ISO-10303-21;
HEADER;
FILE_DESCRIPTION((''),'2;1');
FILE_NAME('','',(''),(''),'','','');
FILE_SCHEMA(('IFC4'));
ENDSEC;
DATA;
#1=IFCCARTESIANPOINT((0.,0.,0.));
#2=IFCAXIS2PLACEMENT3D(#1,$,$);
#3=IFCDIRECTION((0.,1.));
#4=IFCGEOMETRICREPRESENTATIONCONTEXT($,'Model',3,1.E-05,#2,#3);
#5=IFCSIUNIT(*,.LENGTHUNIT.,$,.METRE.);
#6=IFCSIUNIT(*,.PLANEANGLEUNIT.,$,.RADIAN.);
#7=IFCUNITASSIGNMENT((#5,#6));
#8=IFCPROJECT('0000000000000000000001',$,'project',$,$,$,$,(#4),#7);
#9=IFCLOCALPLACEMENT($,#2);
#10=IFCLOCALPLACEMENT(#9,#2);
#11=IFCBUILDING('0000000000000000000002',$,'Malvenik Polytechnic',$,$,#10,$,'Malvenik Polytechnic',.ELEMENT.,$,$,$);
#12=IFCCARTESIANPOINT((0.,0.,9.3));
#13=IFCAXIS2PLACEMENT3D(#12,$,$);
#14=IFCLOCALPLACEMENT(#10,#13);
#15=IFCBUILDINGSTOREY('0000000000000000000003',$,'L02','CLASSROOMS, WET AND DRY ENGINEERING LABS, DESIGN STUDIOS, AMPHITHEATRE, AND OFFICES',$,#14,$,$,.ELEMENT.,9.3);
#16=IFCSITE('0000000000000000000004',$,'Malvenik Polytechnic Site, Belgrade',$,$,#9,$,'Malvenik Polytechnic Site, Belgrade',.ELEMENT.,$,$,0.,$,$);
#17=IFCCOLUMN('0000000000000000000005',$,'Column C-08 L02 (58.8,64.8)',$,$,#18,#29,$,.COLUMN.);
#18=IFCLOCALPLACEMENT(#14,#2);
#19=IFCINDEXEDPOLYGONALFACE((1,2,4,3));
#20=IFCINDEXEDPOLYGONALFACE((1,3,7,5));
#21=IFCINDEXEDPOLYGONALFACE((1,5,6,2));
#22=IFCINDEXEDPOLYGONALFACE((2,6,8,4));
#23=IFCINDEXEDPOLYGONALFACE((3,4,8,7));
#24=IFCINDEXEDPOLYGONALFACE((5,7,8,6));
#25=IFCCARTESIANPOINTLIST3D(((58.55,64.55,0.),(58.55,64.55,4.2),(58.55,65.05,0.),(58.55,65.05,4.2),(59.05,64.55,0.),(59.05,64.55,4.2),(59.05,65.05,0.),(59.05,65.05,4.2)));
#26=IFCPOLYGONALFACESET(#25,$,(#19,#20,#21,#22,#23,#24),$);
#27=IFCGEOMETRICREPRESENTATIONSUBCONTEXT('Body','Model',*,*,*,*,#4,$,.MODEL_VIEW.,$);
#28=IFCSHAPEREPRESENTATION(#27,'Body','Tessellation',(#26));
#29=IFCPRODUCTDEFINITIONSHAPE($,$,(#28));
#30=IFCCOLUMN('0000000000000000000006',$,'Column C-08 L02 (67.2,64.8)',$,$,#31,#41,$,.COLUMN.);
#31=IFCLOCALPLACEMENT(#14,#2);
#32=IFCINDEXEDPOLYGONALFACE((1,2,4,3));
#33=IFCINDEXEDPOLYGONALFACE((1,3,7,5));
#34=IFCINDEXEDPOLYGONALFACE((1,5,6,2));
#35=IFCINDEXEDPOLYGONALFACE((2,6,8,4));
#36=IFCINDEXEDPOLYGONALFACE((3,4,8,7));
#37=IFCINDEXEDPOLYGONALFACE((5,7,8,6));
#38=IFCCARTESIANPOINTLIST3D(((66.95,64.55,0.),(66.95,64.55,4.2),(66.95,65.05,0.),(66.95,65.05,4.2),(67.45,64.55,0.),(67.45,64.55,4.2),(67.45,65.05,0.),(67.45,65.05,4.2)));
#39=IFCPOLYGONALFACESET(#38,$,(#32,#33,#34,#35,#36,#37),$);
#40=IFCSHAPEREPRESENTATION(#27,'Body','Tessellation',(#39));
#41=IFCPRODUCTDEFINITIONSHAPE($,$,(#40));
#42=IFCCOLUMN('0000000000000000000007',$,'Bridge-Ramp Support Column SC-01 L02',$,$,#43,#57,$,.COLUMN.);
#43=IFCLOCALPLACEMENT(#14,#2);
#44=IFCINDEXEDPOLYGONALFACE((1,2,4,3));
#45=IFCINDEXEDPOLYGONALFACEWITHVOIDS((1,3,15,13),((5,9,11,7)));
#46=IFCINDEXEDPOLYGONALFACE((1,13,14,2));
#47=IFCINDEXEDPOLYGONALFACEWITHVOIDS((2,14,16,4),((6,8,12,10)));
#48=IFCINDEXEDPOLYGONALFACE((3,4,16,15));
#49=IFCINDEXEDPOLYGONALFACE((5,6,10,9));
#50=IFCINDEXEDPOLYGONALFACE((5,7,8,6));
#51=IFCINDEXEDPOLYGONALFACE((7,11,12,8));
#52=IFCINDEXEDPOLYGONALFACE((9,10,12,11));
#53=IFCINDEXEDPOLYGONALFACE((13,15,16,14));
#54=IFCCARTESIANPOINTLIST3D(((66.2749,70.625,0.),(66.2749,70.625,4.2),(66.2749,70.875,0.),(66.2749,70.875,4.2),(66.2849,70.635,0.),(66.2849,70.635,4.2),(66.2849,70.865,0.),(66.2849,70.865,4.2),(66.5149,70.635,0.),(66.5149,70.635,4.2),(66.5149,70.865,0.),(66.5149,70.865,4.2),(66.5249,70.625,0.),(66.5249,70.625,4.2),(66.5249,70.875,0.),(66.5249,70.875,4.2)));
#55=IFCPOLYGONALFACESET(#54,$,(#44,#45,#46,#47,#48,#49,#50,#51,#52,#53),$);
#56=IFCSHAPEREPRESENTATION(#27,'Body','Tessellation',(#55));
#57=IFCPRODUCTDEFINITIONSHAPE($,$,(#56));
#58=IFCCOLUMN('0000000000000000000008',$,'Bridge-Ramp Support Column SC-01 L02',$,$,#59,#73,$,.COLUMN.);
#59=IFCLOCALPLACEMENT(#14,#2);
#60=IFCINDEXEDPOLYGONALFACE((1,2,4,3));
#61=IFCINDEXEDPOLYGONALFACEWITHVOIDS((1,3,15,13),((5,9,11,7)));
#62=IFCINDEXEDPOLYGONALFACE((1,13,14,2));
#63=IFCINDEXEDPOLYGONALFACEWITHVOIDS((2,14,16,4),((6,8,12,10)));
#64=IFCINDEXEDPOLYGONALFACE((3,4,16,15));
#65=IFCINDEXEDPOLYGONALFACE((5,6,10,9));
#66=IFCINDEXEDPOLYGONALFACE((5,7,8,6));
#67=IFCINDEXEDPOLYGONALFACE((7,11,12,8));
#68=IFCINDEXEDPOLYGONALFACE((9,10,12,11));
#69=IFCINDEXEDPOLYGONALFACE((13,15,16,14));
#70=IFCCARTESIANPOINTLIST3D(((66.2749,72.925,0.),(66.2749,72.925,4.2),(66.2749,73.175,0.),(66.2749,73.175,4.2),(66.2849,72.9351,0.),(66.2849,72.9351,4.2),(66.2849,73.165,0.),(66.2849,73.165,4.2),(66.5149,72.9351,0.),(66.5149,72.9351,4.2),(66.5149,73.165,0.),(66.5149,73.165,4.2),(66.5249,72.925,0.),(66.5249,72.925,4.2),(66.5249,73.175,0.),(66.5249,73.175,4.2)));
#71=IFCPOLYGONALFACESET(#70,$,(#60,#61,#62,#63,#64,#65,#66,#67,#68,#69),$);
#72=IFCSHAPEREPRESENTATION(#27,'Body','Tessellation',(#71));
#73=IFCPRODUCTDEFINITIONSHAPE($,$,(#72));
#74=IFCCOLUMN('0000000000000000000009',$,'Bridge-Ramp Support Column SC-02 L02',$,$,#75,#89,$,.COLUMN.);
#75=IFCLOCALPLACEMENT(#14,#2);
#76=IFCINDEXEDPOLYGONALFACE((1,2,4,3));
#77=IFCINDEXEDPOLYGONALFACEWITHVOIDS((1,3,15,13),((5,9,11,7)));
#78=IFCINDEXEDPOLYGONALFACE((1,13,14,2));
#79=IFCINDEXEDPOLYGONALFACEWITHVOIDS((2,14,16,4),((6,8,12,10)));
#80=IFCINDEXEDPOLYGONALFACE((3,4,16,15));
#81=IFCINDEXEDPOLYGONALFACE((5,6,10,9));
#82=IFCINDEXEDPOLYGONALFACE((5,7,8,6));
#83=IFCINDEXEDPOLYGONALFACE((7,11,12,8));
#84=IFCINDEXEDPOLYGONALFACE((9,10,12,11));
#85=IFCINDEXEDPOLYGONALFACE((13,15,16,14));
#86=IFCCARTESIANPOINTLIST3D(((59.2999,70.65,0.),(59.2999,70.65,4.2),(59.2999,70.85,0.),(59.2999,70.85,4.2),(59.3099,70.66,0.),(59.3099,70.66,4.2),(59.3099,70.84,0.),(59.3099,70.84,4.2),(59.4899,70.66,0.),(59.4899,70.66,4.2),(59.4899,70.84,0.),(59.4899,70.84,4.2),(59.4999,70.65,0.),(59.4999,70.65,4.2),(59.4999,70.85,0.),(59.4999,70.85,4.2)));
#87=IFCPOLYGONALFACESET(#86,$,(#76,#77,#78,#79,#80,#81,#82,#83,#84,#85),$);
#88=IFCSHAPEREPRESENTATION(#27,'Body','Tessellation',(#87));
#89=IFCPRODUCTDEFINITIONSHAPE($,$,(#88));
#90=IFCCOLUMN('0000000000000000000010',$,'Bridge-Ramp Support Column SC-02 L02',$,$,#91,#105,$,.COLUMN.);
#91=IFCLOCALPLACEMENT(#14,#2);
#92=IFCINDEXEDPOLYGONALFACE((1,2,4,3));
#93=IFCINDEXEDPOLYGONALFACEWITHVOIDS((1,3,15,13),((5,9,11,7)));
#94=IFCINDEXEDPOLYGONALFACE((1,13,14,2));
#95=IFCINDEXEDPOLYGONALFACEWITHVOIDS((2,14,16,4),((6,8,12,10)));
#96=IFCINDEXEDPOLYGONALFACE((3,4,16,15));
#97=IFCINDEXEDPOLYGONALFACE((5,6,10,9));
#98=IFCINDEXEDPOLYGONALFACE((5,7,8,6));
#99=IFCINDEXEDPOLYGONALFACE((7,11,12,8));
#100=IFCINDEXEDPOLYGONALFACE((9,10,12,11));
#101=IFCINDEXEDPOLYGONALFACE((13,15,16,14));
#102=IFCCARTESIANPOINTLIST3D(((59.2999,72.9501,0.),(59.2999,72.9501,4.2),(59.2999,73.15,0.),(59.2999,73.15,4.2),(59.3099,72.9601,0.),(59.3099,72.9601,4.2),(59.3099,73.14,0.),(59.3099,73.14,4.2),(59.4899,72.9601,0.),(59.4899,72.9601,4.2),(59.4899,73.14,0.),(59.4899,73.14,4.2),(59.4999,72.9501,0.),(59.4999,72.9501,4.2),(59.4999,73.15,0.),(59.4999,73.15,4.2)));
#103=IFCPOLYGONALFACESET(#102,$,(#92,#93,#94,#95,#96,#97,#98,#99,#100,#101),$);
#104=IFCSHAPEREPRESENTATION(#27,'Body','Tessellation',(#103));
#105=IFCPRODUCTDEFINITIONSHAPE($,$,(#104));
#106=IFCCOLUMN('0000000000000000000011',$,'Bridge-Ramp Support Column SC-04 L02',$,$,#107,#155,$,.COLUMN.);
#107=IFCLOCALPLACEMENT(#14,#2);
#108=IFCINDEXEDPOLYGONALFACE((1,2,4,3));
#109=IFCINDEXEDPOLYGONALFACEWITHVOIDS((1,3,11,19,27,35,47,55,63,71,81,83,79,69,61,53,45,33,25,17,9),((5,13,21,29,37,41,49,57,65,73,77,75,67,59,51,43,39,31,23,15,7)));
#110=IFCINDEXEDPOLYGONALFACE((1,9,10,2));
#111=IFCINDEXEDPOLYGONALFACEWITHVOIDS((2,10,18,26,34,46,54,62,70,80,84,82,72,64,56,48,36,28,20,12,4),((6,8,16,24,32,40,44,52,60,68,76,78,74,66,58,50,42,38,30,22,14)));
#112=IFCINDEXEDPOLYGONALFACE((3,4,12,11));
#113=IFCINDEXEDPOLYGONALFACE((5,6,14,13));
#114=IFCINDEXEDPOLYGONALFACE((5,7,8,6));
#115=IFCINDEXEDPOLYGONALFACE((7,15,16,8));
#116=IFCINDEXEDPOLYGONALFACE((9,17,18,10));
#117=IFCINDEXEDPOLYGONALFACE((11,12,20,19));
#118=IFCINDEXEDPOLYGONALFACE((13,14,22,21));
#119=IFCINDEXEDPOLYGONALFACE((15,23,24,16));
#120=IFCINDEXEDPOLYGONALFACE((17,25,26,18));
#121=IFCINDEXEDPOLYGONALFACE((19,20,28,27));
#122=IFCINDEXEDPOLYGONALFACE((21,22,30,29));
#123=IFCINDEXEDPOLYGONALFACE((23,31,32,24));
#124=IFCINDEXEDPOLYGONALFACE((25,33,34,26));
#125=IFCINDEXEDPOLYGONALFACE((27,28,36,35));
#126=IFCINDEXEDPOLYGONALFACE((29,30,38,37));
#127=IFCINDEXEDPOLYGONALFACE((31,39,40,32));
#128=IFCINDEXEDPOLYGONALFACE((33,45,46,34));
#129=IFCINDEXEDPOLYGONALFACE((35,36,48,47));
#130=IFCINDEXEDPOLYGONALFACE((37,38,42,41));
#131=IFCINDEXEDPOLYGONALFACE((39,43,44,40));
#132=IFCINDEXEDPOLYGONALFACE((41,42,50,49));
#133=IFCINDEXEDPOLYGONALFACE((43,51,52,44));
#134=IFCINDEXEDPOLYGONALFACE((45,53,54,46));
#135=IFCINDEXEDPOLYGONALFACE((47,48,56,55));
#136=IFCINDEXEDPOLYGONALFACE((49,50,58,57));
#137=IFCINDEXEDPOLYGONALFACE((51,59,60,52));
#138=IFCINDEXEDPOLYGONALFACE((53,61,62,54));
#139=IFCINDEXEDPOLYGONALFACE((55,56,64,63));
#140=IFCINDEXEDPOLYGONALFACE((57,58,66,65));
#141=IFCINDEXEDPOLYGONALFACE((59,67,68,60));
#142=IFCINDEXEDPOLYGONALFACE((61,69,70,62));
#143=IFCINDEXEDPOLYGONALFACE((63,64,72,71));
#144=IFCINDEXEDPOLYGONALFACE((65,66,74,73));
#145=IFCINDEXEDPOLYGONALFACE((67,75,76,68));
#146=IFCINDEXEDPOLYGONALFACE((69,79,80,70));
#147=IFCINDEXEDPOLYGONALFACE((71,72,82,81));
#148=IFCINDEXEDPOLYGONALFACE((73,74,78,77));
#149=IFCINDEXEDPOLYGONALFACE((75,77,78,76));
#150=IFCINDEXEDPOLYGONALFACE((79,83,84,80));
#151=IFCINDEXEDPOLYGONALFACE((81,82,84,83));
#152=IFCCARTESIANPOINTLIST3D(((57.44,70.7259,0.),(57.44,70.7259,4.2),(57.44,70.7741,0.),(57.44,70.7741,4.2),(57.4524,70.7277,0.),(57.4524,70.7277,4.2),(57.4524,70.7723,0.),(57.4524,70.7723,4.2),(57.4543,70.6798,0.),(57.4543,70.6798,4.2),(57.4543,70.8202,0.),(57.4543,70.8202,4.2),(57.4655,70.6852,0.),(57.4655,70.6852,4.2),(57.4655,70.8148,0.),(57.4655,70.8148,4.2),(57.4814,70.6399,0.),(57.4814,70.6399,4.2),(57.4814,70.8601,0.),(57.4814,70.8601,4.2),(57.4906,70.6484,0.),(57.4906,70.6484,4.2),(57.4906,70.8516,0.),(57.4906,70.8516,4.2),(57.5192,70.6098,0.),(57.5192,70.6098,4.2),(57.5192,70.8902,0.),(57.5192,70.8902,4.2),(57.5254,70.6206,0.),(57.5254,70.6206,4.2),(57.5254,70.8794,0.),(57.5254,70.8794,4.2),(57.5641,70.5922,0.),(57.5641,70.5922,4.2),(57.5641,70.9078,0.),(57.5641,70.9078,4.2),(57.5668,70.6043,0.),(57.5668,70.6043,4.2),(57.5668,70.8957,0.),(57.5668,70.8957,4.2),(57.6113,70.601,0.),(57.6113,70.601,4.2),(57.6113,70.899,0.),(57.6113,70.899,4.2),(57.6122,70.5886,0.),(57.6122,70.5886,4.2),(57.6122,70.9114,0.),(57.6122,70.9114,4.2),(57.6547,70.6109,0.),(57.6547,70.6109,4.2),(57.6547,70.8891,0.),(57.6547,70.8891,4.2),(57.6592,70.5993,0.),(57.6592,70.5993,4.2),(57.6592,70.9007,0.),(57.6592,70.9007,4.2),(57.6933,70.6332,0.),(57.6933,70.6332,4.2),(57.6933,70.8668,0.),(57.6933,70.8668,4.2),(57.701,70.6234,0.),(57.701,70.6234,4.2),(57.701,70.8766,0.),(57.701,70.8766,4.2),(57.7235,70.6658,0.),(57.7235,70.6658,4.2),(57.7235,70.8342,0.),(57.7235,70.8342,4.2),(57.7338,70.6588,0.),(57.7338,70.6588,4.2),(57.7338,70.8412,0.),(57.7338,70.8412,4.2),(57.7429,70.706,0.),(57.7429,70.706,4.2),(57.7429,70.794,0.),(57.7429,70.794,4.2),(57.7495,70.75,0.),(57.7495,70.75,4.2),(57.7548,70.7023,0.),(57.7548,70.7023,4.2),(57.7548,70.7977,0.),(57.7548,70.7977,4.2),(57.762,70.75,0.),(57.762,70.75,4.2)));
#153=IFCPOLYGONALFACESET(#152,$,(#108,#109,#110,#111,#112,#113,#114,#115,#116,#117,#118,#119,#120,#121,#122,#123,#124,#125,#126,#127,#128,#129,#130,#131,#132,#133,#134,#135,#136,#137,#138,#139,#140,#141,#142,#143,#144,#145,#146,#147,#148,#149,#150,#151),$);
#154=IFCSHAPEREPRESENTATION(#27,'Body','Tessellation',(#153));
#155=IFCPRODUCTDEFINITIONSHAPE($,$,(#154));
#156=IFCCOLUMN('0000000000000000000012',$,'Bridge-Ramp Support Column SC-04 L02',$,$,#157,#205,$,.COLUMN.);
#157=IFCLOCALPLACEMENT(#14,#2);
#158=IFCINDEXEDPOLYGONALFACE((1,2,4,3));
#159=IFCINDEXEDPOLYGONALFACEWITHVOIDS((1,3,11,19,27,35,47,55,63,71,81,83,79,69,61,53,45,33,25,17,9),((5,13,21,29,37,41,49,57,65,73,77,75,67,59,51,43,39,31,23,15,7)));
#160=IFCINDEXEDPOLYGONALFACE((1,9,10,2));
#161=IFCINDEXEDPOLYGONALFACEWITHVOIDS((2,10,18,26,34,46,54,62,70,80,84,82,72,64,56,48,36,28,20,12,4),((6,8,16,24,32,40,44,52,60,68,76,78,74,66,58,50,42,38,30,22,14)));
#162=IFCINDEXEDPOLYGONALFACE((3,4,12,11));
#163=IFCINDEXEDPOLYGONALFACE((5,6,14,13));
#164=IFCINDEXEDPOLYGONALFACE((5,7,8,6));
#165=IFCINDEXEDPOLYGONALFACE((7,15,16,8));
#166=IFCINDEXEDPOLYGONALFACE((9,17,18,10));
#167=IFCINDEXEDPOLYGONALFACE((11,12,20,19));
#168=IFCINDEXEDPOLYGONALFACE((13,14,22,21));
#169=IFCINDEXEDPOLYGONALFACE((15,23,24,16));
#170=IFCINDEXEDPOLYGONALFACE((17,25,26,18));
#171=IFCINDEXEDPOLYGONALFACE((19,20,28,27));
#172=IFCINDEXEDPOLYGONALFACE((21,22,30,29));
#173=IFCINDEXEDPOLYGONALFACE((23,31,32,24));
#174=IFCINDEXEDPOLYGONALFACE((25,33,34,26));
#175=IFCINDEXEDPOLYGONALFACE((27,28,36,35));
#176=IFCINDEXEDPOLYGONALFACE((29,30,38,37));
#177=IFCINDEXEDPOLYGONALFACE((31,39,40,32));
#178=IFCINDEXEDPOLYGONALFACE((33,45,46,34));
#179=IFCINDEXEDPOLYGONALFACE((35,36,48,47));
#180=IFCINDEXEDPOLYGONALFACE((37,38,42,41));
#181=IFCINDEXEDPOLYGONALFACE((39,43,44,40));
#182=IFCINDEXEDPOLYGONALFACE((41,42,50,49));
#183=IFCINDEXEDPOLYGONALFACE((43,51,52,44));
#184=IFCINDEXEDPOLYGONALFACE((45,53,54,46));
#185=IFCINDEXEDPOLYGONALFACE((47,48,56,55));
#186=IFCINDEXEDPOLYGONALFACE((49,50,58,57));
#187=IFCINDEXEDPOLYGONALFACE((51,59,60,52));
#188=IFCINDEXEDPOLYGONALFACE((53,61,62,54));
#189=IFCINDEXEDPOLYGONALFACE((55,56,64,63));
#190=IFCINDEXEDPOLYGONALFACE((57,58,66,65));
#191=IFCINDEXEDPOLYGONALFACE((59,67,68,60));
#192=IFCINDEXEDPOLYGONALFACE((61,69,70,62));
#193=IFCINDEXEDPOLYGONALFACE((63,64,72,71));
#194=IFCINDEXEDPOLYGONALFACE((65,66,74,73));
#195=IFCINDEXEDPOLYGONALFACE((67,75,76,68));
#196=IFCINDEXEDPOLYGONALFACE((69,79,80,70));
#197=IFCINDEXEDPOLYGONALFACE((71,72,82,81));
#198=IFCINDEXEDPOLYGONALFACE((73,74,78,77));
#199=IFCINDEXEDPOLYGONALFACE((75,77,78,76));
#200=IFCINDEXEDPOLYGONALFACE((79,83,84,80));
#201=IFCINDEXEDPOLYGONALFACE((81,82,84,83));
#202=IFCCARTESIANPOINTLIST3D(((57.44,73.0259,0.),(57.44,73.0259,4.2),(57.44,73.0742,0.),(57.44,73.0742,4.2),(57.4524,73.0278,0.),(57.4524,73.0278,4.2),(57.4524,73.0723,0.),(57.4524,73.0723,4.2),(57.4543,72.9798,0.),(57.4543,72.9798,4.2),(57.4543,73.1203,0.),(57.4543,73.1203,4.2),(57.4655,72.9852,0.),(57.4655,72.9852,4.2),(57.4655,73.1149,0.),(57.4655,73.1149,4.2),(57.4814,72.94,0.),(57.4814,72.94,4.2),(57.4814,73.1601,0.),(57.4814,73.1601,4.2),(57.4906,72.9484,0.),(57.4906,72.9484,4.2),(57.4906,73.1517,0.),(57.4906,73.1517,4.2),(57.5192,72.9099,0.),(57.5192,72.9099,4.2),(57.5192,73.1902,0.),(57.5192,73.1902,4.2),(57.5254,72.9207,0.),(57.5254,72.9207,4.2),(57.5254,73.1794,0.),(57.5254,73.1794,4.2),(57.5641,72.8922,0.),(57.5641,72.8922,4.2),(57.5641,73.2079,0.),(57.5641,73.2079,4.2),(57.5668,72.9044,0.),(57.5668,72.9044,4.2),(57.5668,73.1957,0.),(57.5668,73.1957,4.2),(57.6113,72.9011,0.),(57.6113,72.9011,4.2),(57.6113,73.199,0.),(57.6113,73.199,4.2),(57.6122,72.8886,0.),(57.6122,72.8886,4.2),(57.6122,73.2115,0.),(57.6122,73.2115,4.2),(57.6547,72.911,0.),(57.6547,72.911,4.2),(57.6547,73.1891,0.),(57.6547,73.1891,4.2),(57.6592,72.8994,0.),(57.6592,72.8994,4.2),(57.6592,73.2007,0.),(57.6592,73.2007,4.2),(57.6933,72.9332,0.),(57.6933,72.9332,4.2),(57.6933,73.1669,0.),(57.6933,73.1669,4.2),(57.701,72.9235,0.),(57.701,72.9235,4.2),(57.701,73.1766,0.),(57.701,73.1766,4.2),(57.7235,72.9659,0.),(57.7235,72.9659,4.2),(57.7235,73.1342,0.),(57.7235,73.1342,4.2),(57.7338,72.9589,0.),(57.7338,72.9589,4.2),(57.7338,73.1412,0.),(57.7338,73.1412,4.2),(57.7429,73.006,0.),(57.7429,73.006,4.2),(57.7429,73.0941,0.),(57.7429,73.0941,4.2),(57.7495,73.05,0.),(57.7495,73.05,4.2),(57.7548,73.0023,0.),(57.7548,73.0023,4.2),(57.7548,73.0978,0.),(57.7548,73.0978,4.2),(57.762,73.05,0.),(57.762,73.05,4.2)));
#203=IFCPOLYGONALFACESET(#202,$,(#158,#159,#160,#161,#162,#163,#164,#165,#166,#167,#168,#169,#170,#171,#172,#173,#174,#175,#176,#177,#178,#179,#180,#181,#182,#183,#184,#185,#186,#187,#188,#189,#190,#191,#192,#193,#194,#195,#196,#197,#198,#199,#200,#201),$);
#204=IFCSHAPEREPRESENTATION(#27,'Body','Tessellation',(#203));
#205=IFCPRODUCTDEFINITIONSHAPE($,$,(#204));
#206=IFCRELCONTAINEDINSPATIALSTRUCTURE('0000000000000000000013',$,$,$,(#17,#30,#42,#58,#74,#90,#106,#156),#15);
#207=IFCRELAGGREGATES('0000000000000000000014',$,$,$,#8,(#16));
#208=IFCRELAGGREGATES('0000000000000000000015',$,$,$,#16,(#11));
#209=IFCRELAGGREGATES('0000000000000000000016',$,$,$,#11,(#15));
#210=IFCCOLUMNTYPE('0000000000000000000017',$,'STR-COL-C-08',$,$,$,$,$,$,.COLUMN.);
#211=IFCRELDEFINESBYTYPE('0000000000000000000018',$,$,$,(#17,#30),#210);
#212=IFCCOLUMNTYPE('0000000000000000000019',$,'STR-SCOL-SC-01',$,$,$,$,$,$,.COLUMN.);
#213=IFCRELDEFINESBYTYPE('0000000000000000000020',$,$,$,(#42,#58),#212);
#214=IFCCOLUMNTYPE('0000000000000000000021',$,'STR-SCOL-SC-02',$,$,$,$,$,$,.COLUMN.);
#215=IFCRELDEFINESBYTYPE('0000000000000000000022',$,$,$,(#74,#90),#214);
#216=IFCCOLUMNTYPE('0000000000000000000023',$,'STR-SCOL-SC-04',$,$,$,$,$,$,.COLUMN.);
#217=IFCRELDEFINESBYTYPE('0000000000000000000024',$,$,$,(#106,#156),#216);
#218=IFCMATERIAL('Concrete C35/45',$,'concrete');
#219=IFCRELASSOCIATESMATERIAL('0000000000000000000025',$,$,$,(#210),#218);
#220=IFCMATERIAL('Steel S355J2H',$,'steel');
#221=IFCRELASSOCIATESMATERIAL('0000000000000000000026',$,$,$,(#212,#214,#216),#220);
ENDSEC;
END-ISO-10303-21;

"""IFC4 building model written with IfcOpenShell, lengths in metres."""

from ifc_helpers import new_model, si_unit, direction, frame, origin, origin_2d, place, context, subcontext, project, spatial, rectangle, hollow_rectangle, hollow_circle, extrude, material, material_profile, profile_set, type_object, element, save


model = new_model("IFC4")

# Units and contexts
model_context = context("Model", 3, precision=1e-05, world=origin(), true_north=direction((0.0, 1.0)))
body_context = subcontext(model_context, "Body", "Model", "MODEL_VIEW")
ifc_project = project(units=[si_unit("LENGTHUNIT", "METRE"), si_unit("PLANEANGLEUNIT", "RADIAN")], contexts=[model_context])

# Site, building, storey
site_placement = place(None, origin())
site = spatial("IfcSite", under=ifc_project, at=site_placement, Name="Malvenik Polytechnic Site, Belgrade", LongName="Malvenik Polytechnic Site, Belgrade", CompositionType="ELEMENT", RefElevation=0.0)
building_placement = place(site_placement, origin())
building = spatial("IfcBuilding", under=site, at=building_placement, Name="Malvenik Polytechnic", LongName="Malvenik Polytechnic", CompositionType="ELEMENT")
storey_placement = place(building_placement, frame((0.0, 0.0, 9.3)))
storey = spatial("IfcBuildingStorey", under=building, at=storey_placement, Name="L02", Description="CLASSROOMS, WET AND DRY ENGINEERING LABS, DESIGN STUDIOS, AMPHITHEATRE, AND OFFICES", CompositionType="ELEMENT", Elevation=9.3)

# Columns
ifc_material_1 = material(Name="Concrete C35/45", Category="concrete")
ifc_material_profile_1 = material_profile(ifc_material_1, rectangle(XDim=0.5, YDim=0.5, at=origin_2d()), Name="RC COL 500x500")
ifc_profile_set_1 = profile_set([ifc_material_profile_1], Name="Concrete C35/45")
column_type_1 = type_object("IfcColumnType", Name="STR-COL-C-08", PredefinedType="COLUMN", material=ifc_profile_set_1)
for number, where, z_axis, x_axis, name in (
    (1, (58.8, 64.8, 0.0), (0.0, 0.0, 1.0), (1.0, 0.0, 0.0), "Column C-08 L02 (58.8,64.8)"),
    (2, (67.2, 64.8, 0.0), (0.0, 0.0, 1.0), (1.0, 0.0, 0.0), "Column C-08 L02 (67.2,64.8)"),
):
    element("IfcColumn", number, at=place(storey_placement, frame(where, z_axis=z_axis, x_axis=x_axis)), inside=storey, type_object=column_type_1, Name=name, PredefinedType="COLUMN", context=body_context, shape_type="SweptSolid", body=[
        extrude(rectangle(XDim=0.5, YDim=0.5, at=origin_2d()), origin(), (0.0, 0.0, 1.0), 4.2),
    ])
ifc_material_2 = material(Name="Steel S355J2H", Category="steel")
ifc_material_profile_2 = material_profile(ifc_material_2, hollow_rectangle(XDim=0.25, YDim=0.25, WallThickness=0.01, at=origin_2d()), Name="SHS 250x250x10.0")
ifc_profile_set_2 = profile_set([ifc_material_profile_2], Name="Steel S355J2H")
column_type_2 = type_object("IfcColumnType", Name="STR-SCOL-SC-01", PredefinedType="COLUMN", material=ifc_profile_set_2)
for number, where, z_axis, x_axis, name in (
    (3, (66.3999, 70.75, 0.0), (0.0, 0.0, 1.0), (1.0, 0.0, 0.0), "Bridge-Ramp Support Column SC-01 L02"),
    (4, (66.3999, 73.05, 0.0), (0.0, 0.0, 1.0), (1.0, 0.0, 0.0), "Bridge-Ramp Support Column SC-01 L02"),
):
    element("IfcColumn", number, at=place(storey_placement, frame(where, z_axis=z_axis, x_axis=x_axis)), inside=storey, type_object=column_type_2, Name=name, PredefinedType="COLUMN", context=body_context, shape_type="SweptSolid", body=[
        extrude(hollow_rectangle(XDim=0.25, YDim=0.25, WallThickness=0.01, at=origin_2d()), origin(), (0.0, 0.0, 1.0), 4.2),
    ])
ifc_material_profile_3 = material_profile(ifc_material_2, hollow_rectangle(XDim=0.2, YDim=0.2, WallThickness=0.01, at=origin_2d()), Name="SHS 200x200x10.0")
ifc_profile_set_3 = profile_set([ifc_material_profile_3], Name="Steel S355J2H")
column_type_3 = type_object("IfcColumnType", Name="STR-SCOL-SC-02", PredefinedType="COLUMN", material=ifc_profile_set_3)
for number, where, z_axis, x_axis, name in (
    (5, (59.3999, 70.75, 0.0), (0.0, 0.0, 1.0), (1.0, 0.0, 0.0), "Bridge-Ramp Support Column SC-02 L02"),
    (6, (59.3999, 73.05, 0.0), (0.0, 0.0, 1.0), (1.0, 0.0, 0.0), "Bridge-Ramp Support Column SC-02 L02"),
):
    element("IfcColumn", number, at=place(storey_placement, frame(where, z_axis=z_axis, x_axis=x_axis)), inside=storey, type_object=column_type_3, Name=name, PredefinedType="COLUMN", context=body_context, shape_type="SweptSolid", body=[
        extrude(hollow_rectangle(XDim=0.2, YDim=0.2, WallThickness=0.01, at=origin_2d()), origin(), (0.0, 0.0, 1.0), 4.2),
    ])
ifc_material_profile_4 = material_profile(ifc_material_2, hollow_circle(Radius=0.1619, WallThickness=0.0125, at=origin_2d()), Name="CHS 323.9x12.5")
ifc_profile_set_4 = profile_set([ifc_material_profile_4], Name="Steel S355J2H")
column_type_4 = type_object("IfcColumnType", Name="STR-SCOL-SC-04", PredefinedType="COLUMN", material=ifc_profile_set_4)
for number, where, z_axis, x_axis, name in (
    (7, (57.6001, 70.75, 0.0), (0.0, 0.0, 1.0), (1.0, 0.0, 0.0), "Bridge-Ramp Support Column SC-04 L02"),
    (8, (57.6001, 73.05, 0.0), (0.0, 0.0, 1.0), (1.0, 0.0, 0.0), "Bridge-Ramp Support Column SC-04 L02"),
):
    element("IfcColumn", number, at=place(storey_placement, frame(where, z_axis=z_axis, x_axis=x_axis)), inside=storey, type_object=column_type_4, Name=name, PredefinedType="COLUMN", context=body_context, shape_type="SweptSolid", body=[
        extrude(hollow_circle(Radius=0.1619, WallThickness=0.0125, at=origin_2d()), origin(), (0.0, 0.0, 1.0), 4.2),
    ])

save(model, "model.ifc")
